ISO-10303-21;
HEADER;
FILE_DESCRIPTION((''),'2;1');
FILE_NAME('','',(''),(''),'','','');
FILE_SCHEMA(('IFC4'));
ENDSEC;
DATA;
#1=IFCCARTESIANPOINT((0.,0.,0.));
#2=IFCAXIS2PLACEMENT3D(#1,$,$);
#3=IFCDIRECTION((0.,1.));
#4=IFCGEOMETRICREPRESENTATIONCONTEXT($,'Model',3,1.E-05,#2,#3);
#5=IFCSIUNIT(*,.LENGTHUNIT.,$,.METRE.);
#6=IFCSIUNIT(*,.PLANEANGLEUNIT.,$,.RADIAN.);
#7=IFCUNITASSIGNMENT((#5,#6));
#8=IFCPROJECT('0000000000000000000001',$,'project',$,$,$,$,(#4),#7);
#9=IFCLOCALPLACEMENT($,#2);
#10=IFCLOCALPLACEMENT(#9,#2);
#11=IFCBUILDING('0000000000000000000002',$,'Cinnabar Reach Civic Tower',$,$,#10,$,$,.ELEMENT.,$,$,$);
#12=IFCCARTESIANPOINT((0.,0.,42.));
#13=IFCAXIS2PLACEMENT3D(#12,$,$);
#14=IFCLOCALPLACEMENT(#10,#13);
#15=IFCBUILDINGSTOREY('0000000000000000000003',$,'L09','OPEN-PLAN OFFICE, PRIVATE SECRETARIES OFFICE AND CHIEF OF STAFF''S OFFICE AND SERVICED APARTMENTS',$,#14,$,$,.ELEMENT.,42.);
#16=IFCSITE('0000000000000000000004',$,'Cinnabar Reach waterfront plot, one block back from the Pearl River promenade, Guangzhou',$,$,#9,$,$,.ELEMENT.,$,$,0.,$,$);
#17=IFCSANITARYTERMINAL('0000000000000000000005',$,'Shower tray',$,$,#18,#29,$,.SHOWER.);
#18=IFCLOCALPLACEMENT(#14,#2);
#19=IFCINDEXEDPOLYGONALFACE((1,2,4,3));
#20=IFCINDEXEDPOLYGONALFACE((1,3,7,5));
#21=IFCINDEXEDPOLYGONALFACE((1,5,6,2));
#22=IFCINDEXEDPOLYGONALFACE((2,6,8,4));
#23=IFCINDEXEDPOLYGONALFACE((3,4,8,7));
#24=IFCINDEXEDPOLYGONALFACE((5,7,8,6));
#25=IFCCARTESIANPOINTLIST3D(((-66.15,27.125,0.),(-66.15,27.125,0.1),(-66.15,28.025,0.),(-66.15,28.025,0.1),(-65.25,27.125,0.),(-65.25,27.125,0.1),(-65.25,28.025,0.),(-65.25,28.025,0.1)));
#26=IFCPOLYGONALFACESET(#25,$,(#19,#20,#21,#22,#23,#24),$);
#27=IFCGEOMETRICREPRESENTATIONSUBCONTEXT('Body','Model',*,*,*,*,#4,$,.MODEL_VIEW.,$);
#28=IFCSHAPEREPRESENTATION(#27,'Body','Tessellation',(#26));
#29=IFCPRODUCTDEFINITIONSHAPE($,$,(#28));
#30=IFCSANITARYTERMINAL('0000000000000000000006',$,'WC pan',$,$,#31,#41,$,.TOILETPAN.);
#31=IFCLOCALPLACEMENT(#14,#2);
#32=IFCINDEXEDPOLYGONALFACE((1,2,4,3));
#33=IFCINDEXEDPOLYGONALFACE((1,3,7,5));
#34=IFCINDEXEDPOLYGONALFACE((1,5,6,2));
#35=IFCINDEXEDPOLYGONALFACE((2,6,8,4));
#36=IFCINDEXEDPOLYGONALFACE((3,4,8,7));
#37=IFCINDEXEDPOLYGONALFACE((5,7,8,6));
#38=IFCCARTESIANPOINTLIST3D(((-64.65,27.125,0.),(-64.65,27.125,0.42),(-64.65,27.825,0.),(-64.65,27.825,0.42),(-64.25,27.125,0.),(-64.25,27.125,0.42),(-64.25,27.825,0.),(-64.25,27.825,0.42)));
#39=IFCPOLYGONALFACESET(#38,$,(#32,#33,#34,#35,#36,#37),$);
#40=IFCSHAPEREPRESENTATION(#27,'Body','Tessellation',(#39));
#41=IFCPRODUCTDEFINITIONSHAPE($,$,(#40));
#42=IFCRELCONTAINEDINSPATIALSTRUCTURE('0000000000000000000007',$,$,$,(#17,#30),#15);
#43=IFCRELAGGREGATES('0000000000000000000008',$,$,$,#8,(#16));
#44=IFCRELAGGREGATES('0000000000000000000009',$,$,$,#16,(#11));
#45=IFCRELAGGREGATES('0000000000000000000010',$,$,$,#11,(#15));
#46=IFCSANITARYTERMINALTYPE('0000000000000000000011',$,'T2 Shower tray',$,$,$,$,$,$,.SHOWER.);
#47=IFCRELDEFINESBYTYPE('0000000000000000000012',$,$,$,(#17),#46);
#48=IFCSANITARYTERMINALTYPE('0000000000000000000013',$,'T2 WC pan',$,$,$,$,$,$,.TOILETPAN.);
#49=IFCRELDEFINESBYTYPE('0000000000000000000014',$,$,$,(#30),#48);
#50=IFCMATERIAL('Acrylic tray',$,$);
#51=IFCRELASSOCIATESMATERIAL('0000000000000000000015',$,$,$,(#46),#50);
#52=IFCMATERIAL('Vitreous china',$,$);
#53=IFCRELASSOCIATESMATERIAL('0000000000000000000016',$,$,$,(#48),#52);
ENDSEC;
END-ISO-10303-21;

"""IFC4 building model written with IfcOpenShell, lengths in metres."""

from ifc_helpers import new_model, si_unit, direction, frame, origin, origin_2d, place, context, subcontext, project, spatial, rectangle, extrude, material, type_object, element, save


model = new_model("IFC4")

# Units and contexts
model_context = context("Model", 3, precision=1e-05, world=origin(), true_north=direction((0.0, 1.0)))
body_context = subcontext(model_context, "Body", "Model", "MODEL_VIEW")
ifc_project = project(units=[si_unit("LENGTHUNIT", "METRE"), si_unit("PLANEANGLEUNIT", "RADIAN")], contexts=[model_context])

# Site, building, storey
site_placement = place(None, origin())
site = spatial("IfcSite", under=ifc_project, at=site_placement, Name="Cinnabar Reach waterfront plot, one block back from the Pearl River promenade, Guangzhou", CompositionType="ELEMENT", RefElevation=0.0)
building_placement = place(site_placement, origin())
building = spatial("IfcBuilding", under=site, at=building_placement, Name="Cinnabar Reach Civic Tower", CompositionType="ELEMENT")
storey_placement = place(building_placement, frame((0.0, 0.0, 42.0)))
storey = spatial("IfcBuildingStorey", under=building, at=storey_placement, Name="L09", Description="OPEN-PLAN OFFICE, PRIVATE SECRETARIES OFFICE AND CHIEF OF STAFF'S OFFICE AND SERVICED APARTMENTS", CompositionType="ELEMENT", Elevation=42.0)

# Sanitary terminals
ifc_material_1 = material(Name="Acrylic tray")
sanitary_terminal_type_1 = type_object("IfcSanitaryTerminalType", Name="T2 Shower tray", PredefinedType="SHOWER", material=ifc_material_1)
sanitary_terminal_1_placement = place(storey_placement, frame((-65.7, 27.575, 0.0), z_axis=(0.0, 0.0, 1.0), x_axis=(1.0, 0.0, 0.0)))
element("IfcSanitaryTerminal", 1, at=sanitary_terminal_1_placement, inside=storey, type_object=sanitary_terminal_type_1, Name="Shower tray", PredefinedType="SHOWER", context=body_context, shape_type="SweptSolid", body=[
    extrude(rectangle(XDim=0.9, YDim=0.9, at=origin_2d()), origin(), (0.0, 0.0, 1.0), 0.1),
])
ifc_material_2 = material(Name="Vitreous china")
sanitary_terminal_type_2 = type_object("IfcSanitaryTerminalType", Name="T2 WC pan", PredefinedType="TOILETPAN", material=ifc_material_2)
sanitary_terminal_2_placement = place(storey_placement, frame((-64.45, 27.475, 0.0), z_axis=(0.0, 0.0, 1.0), x_axis=(1.0, 0.0, 0.0)))
element("IfcSanitaryTerminal", 2, at=sanitary_terminal_2_placement, inside=storey, type_object=sanitary_terminal_type_2, Name="WC pan", PredefinedType="TOILETPAN", context=body_context, shape_type="SweptSolid", body=[
    extrude(rectangle(XDim=0.4, YDim=0.7, at=origin_2d()), origin(), (0.0, 0.0, 1.0), 0.42),
])

save(model, "model.ifc")
